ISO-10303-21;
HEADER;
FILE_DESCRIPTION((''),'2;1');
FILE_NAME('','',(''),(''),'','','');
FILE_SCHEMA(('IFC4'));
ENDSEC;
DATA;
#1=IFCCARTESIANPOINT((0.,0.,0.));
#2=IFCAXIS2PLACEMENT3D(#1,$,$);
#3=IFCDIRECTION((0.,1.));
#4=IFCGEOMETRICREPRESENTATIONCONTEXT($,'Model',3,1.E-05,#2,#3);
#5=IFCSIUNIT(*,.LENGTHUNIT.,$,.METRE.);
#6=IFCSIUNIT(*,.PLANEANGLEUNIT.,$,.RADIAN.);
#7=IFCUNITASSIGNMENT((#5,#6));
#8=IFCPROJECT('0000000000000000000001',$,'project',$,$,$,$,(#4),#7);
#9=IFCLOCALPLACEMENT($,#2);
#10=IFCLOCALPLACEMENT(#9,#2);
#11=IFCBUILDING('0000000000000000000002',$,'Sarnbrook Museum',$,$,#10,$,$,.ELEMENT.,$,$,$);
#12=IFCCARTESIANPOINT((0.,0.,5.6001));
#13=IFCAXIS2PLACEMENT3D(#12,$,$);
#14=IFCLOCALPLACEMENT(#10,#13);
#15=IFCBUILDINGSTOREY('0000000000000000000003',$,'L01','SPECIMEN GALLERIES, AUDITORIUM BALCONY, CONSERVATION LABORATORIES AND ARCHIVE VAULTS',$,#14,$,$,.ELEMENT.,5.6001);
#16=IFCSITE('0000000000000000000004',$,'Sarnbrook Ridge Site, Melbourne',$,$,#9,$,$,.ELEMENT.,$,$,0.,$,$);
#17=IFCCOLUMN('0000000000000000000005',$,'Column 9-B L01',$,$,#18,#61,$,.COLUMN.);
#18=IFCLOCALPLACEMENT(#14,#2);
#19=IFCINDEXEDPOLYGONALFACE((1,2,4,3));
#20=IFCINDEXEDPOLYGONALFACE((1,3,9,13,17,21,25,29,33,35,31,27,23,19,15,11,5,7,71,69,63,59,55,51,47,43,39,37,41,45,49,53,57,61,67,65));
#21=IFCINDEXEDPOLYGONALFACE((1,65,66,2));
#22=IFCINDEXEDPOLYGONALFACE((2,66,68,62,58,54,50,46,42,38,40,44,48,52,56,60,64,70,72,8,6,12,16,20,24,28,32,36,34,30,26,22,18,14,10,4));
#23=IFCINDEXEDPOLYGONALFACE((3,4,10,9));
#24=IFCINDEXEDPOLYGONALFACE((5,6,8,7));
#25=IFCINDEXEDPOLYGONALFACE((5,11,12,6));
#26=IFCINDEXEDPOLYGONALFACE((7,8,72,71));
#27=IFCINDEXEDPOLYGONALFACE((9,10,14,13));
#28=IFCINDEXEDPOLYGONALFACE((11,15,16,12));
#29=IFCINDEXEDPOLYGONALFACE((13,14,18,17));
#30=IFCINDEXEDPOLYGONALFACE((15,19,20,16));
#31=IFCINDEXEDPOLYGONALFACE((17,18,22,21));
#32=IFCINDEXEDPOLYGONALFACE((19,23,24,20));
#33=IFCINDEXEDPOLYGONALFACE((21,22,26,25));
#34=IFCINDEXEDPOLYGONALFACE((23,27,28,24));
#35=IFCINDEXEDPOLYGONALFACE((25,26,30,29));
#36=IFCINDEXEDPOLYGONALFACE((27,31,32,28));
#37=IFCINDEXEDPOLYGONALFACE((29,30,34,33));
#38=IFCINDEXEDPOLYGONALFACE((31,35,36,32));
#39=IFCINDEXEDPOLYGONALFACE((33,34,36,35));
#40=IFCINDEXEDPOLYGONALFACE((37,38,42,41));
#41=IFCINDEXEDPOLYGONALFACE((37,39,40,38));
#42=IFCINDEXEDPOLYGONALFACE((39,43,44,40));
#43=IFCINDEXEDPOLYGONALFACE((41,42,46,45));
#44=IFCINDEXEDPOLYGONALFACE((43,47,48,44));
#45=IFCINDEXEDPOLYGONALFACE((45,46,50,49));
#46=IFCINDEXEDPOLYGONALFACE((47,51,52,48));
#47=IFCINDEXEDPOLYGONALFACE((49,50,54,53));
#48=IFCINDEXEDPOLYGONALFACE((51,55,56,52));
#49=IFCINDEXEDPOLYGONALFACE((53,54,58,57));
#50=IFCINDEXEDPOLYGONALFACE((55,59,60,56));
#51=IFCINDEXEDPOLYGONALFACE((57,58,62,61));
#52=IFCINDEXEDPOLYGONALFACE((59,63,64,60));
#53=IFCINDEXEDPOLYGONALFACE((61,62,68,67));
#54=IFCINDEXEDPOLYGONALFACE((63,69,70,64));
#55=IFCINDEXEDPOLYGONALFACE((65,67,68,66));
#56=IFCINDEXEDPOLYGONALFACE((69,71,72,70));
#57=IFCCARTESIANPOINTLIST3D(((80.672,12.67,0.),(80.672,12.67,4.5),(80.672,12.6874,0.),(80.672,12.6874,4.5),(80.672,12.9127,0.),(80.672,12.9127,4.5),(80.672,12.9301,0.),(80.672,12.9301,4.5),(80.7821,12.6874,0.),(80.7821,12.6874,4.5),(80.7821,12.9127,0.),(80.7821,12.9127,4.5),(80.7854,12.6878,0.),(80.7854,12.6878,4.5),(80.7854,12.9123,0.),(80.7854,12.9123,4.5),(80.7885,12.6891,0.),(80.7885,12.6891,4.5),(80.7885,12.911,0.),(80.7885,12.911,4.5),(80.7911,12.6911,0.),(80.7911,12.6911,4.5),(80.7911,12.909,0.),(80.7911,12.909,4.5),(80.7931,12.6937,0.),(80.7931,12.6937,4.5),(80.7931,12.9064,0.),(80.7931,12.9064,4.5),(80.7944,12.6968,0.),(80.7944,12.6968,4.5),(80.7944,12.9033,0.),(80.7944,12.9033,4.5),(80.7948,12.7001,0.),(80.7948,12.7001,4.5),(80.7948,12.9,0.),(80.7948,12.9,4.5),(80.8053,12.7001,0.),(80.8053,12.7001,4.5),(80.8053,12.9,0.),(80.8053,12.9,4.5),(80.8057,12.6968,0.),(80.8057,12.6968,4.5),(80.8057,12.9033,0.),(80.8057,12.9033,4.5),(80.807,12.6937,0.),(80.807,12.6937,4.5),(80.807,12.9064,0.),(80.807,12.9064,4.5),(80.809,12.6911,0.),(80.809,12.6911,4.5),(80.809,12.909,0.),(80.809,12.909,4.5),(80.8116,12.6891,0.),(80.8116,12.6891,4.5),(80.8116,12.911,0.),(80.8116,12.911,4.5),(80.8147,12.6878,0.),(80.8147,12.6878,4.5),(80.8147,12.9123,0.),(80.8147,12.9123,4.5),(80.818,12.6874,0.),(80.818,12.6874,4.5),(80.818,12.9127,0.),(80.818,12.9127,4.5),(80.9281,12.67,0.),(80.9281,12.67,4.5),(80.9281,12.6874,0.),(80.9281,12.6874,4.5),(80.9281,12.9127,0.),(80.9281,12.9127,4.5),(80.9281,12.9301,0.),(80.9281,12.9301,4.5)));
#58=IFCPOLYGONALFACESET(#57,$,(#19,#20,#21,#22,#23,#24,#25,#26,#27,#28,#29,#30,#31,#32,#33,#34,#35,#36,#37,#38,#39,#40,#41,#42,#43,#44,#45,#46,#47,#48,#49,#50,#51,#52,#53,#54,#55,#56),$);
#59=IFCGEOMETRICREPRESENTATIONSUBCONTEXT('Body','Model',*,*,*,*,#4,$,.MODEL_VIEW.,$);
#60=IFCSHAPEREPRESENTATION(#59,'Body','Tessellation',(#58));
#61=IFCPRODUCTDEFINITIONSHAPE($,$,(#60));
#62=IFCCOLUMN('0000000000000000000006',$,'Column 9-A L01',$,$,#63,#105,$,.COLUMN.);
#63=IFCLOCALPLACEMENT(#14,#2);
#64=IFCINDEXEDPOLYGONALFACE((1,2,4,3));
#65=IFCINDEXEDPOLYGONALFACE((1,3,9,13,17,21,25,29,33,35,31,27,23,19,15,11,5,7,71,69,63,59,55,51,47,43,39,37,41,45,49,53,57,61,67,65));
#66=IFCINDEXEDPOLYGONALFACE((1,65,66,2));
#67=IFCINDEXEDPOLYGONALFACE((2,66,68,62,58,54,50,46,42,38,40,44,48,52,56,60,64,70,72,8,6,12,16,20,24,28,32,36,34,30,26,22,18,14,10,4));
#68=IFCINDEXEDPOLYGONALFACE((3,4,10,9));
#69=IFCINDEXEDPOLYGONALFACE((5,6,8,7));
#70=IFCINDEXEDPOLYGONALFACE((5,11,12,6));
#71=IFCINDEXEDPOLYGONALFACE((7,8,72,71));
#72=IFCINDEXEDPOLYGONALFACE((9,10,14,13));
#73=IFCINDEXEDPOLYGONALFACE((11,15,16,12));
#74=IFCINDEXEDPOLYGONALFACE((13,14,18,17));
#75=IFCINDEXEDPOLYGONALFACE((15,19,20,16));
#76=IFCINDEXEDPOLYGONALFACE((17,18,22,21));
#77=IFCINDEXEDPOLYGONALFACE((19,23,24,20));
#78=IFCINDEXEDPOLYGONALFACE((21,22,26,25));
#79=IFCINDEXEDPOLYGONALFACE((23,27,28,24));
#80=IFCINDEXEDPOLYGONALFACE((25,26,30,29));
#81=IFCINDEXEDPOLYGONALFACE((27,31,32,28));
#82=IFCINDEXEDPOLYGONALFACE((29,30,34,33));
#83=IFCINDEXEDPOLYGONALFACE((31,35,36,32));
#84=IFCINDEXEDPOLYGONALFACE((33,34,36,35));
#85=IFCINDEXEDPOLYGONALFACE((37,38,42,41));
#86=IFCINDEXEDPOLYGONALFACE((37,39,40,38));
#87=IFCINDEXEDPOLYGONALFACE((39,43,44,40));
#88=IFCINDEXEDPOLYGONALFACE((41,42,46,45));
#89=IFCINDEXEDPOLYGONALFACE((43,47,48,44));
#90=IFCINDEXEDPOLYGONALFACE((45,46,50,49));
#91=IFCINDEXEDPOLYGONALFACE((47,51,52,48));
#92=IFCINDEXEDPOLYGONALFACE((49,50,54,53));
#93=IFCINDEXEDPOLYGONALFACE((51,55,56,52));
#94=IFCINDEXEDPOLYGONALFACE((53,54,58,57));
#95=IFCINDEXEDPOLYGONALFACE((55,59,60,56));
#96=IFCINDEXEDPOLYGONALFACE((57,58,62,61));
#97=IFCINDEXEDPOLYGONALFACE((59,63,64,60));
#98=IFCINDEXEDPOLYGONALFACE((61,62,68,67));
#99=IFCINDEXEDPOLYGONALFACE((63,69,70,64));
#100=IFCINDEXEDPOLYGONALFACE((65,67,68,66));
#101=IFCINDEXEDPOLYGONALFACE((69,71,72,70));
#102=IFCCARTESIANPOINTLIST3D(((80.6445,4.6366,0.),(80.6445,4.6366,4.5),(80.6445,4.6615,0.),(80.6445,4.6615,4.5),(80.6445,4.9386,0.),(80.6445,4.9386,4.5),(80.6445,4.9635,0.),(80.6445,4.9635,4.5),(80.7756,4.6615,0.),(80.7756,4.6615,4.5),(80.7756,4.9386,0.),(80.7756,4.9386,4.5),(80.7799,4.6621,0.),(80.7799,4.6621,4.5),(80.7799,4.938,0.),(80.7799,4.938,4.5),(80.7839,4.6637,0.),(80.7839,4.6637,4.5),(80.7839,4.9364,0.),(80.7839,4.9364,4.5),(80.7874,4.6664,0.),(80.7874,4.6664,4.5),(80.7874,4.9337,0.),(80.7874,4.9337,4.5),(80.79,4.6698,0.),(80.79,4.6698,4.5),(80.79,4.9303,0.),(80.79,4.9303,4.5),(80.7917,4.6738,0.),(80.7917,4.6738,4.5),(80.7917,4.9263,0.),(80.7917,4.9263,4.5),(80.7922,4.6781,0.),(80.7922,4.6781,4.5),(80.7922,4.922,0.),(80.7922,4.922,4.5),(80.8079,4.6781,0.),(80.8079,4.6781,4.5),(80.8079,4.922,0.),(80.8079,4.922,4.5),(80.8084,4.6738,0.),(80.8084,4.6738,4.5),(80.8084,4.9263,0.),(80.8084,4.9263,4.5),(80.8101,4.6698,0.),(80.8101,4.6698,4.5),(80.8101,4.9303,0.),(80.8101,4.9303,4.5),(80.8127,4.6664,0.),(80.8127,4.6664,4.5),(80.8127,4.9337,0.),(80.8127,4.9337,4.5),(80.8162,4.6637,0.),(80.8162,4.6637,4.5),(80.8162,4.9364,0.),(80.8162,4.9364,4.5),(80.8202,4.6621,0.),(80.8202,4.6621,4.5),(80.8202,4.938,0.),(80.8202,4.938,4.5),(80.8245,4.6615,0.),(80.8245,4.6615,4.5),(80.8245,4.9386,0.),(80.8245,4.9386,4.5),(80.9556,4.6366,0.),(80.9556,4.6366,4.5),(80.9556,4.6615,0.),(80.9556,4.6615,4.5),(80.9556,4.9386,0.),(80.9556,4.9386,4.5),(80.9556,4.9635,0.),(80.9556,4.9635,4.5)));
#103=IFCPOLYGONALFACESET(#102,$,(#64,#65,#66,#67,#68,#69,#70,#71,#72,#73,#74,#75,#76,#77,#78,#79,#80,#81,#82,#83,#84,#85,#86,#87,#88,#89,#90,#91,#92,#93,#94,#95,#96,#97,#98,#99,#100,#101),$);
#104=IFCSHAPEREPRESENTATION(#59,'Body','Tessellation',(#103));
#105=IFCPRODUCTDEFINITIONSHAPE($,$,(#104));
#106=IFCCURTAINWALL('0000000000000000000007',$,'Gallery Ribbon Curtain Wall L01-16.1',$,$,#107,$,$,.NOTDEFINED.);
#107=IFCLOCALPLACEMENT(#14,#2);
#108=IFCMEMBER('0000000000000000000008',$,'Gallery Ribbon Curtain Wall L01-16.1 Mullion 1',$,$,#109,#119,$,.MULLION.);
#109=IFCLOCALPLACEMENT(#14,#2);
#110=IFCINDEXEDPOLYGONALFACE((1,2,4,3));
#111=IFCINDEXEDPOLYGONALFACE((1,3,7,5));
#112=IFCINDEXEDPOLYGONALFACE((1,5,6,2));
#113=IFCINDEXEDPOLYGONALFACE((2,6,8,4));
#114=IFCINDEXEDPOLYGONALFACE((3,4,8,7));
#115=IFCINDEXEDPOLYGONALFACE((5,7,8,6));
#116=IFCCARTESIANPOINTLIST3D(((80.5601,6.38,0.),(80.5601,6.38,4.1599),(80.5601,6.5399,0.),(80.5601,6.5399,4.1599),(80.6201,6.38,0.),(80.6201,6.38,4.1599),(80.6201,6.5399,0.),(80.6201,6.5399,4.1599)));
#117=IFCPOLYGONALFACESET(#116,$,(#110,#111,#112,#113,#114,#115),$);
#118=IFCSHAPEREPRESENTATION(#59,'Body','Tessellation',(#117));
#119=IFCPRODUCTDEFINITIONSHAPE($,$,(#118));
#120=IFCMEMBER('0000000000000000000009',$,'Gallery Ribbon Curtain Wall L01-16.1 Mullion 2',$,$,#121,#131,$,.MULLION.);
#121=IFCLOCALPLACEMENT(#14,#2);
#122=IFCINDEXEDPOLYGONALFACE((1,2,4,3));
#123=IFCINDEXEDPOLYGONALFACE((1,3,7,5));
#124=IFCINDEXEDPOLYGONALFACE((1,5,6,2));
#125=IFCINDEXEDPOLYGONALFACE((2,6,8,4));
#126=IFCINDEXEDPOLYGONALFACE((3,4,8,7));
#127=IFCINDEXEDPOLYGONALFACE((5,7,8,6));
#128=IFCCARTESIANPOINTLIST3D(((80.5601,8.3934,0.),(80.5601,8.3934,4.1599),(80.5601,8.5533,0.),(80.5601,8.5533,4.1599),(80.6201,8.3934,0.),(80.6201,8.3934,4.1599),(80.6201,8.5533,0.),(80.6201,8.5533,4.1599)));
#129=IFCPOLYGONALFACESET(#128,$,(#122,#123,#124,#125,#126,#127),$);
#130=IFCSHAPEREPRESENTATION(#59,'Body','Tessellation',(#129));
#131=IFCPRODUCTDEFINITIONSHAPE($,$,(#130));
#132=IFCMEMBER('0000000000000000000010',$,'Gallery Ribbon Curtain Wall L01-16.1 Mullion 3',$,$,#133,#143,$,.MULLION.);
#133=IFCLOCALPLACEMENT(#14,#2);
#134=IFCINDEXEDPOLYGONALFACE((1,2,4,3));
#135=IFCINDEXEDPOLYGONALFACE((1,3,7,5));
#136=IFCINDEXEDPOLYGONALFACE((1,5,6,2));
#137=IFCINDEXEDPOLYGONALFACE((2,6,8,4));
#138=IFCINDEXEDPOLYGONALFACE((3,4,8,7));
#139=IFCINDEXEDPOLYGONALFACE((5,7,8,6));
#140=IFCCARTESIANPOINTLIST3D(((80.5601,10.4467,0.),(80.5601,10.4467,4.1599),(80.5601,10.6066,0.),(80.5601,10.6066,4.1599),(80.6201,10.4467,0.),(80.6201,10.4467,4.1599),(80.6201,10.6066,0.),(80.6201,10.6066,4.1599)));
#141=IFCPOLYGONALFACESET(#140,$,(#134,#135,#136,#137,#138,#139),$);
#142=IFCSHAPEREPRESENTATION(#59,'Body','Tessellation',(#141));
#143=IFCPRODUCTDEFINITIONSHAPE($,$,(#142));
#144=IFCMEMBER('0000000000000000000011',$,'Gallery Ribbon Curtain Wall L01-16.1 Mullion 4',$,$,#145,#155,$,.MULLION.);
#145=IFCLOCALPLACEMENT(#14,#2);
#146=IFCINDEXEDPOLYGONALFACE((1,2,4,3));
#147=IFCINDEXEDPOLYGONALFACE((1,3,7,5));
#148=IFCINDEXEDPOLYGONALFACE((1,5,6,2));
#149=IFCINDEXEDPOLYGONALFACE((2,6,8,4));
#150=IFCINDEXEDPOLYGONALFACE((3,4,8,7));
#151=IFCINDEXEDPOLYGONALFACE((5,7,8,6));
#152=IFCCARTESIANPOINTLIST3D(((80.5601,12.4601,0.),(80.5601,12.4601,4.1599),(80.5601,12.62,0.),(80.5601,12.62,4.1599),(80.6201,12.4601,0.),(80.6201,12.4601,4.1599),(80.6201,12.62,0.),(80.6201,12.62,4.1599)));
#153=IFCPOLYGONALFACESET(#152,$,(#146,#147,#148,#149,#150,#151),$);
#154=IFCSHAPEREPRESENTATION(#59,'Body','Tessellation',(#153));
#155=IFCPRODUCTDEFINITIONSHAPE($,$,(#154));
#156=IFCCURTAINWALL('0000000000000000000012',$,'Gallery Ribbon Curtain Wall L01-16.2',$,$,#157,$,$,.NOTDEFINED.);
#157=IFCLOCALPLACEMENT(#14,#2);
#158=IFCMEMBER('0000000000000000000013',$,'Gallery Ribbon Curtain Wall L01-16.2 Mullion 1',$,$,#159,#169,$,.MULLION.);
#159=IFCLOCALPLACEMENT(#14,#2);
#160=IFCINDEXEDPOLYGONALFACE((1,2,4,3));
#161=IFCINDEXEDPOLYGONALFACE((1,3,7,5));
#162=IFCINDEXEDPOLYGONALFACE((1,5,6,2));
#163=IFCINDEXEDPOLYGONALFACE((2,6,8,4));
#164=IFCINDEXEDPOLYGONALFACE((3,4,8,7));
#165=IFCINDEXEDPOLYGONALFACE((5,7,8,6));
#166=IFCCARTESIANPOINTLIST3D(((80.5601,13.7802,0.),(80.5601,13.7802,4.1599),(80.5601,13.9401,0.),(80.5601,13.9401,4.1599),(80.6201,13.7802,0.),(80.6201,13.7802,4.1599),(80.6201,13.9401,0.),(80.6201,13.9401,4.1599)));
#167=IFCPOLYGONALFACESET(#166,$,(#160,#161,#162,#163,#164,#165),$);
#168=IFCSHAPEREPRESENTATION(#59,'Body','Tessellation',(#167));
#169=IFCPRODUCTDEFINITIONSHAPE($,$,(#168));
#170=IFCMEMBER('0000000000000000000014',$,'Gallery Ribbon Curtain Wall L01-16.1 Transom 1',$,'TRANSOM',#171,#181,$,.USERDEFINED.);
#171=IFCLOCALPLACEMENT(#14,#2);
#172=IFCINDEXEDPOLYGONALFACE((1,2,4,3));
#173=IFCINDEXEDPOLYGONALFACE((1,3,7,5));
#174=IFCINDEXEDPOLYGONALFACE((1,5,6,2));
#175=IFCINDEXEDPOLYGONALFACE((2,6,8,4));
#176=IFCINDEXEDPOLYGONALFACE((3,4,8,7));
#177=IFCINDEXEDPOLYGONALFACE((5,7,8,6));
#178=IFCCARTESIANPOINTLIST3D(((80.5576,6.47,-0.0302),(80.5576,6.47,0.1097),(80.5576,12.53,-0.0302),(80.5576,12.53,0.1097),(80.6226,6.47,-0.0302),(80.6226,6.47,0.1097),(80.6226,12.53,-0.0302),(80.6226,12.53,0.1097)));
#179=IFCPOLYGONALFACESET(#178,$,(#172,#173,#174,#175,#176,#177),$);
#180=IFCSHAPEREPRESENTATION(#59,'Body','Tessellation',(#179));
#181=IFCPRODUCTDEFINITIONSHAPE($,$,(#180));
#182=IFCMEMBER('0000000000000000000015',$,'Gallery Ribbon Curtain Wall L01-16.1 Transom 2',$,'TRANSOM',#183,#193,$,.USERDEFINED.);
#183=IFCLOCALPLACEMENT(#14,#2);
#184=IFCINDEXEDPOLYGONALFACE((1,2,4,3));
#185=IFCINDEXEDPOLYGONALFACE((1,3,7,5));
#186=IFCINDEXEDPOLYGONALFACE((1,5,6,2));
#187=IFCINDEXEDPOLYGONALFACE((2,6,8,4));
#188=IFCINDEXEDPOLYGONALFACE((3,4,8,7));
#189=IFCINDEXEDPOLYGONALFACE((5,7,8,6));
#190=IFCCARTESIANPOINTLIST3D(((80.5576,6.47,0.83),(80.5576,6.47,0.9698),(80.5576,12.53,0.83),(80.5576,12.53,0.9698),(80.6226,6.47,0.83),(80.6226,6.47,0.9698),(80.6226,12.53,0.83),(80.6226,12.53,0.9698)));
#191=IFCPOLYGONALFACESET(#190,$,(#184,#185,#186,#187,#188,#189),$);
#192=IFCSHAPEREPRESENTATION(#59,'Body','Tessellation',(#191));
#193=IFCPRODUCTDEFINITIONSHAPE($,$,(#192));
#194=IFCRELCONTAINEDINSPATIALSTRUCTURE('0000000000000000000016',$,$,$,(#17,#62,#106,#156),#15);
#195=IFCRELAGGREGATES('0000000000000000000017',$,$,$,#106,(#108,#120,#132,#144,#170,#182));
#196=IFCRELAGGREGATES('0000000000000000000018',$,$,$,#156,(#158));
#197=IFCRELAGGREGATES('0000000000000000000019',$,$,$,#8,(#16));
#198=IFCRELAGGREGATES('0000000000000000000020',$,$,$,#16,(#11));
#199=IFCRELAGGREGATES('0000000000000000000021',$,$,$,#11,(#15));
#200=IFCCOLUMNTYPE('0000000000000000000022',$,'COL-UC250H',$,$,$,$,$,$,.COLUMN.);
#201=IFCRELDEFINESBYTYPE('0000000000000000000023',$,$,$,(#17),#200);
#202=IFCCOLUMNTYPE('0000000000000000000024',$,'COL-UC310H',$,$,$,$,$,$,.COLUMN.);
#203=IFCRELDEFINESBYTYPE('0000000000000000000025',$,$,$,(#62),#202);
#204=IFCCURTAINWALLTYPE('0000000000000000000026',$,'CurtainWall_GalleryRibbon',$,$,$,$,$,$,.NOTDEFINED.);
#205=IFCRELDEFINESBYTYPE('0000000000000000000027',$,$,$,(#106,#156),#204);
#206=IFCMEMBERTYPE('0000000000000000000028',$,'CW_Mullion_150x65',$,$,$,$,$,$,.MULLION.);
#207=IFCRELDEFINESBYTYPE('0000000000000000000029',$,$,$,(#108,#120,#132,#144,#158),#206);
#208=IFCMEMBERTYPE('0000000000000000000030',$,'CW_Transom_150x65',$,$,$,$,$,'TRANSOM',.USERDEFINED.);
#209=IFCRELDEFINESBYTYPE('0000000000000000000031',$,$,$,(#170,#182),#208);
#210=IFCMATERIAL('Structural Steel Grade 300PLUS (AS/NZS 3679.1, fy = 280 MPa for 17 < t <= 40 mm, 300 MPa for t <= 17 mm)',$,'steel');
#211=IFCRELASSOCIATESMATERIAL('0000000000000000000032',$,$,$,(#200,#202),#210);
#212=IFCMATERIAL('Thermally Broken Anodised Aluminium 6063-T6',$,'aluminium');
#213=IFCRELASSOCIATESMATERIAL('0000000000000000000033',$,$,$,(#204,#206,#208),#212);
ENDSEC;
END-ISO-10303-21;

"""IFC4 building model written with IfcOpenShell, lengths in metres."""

from ifc_helpers import new_model, si_unit, direction, frame, origin, origin_2d, place, context, subcontext, project, spatial, rectangle, i_section, extrude, material, material_profile, profile_set, type_object, element, aggregate, save


model = new_model("IFC4")

# Units and contexts
model_context = context("Model", 3, precision=1e-05, world=origin(), true_north=direction((0.0, 1.0)))
body_context = subcontext(model_context, "Body", "Model", "MODEL_VIEW")
ifc_project = project(units=[si_unit("LENGTHUNIT", "METRE"), si_unit("PLANEANGLEUNIT", "RADIAN")], contexts=[model_context])

# Site, building, storey
site_placement = place(None, origin())
site = spatial("IfcSite", under=ifc_project, at=site_placement, Name="Sarnbrook Ridge Site, Melbourne", CompositionType="ELEMENT", RefElevation=0.0)
building_placement = place(site_placement, origin())
building = spatial("IfcBuilding", under=site, at=building_placement, Name="Sarnbrook Museum", CompositionType="ELEMENT")
storey_placement = place(building_placement, frame((0.0, 0.0, 5.6001)))
storey = spatial("IfcBuildingStorey", under=building, at=storey_placement, Name="L01", Description="SPECIMEN GALLERIES, AUDITORIUM BALCONY, CONSERVATION LABORATORIES AND ARCHIVE VAULTS", CompositionType="ELEMENT", Elevation=5.6001)

# Columns
ifc_material_1 = material(Name="Structural Steel Grade 300PLUS (AS/NZS 3679.1, fy = 280 MPa for 17 < t <= 40 mm, 300 MPa for t <= 17 mm)", Category="steel")
ifc_material_profile_1 = material_profile(ifc_material_1, i_section(OverallWidth=0.2561, OverallDepth=0.26, WebThickness=0.0105, FlangeThickness=0.0173, FilletRadius=0.0127, at=origin_2d()), Name="250UC89.5")
ifc_profile_set_1 = profile_set([ifc_material_profile_1], Name="Structural Steel Grade 300PLUS (AS/NZS 3679.1, fy = 280 MPa for 17 < t <= 40 mm, 300 MPa for t <= 17 mm)")
column_type_1 = type_object("IfcColumnType", Name="COL-UC250H", PredefinedType="COLUMN", material=ifc_profile_set_1)
column_1_placement = place(storey_placement, frame((80.8, 12.8, 0.0), z_axis=(0.0, 0.0, 1.0), x_axis=(1.0, 0.0, 0.0)))
element("IfcColumn", 1, at=column_1_placement, inside=storey, type_object=column_type_1, Name="Column 9-B L01", PredefinedType="COLUMN", context=body_context, shape_type="SweptSolid", body=[
    extrude(i_section(OverallWidth=0.2561, OverallDepth=0.26, WebThickness=0.0105, FlangeThickness=0.0173, FilletRadius=0.0127, at=origin_2d()), origin(), (0.0, 0.0, 1.0), 4.5),
])
ifc_material_profile_2 = material_profile(ifc_material_1, i_section(OverallWidth=0.311, OverallDepth=0.3269, WebThickness=0.0156, FlangeThickness=0.0249, FilletRadius=0.0166, at=origin_2d()), Name="310UC158")
ifc_profile_set_2 = profile_set([ifc_material_profile_2], Name="Structural Steel Grade 300PLUS (AS/NZS 3679.1, fy = 280 MPa for 17 < t <= 40 mm, 300 MPa for t <= 17 mm)")
column_type_2 = type_object("IfcColumnType", Name="COL-UC310H", PredefinedType="COLUMN", material=ifc_profile_set_2)
column_2_placement = place(storey_placement, frame((80.8, 4.8, 0.0), z_axis=(0.0, 0.0, 1.0), x_axis=(1.0, 0.0, 0.0)))
element("IfcColumn", 2, at=column_2_placement, inside=storey, type_object=column_type_2, Name="Column 9-A L01", PredefinedType="COLUMN", context=body_context, shape_type="SweptSolid", body=[
    extrude(i_section(OverallWidth=0.311, OverallDepth=0.3269, WebThickness=0.0156, FlangeThickness=0.0249, FilletRadius=0.0166, at=origin_2d()), origin(), (0.0, 0.0, 1.0), 4.5),
])

# Curtain wall, members
ifc_material_2 = material(Name="Thermally Broken Anodised Aluminium 6063-T6", Category="aluminium")
curtain_wall_type = type_object("IfcCurtainWallType", Name="CurtainWall_GalleryRibbon", PredefinedType="NOTDEFINED", material=ifc_material_2)
curtain_wall_1_placement = place(storey_placement, origin())
curtain_wall_1 = element("IfcCurtainWall", 3, at=curtain_wall_1_placement, inside=storey, type_object=curtain_wall_type, Name="Gallery Ribbon Curtain Wall L01-16.1", PredefinedType="NOTDEFINED")
ifc_material_profile_3 = material_profile(ifc_material_2, rectangle(XDim=0.0601, YDim=0.1599, at=origin_2d()), Name="ALU MULLION 60x160")
ifc_profile_set_3 = profile_set([ifc_material_profile_3], Name="Thermally Broken Anodised Aluminium 6063-T6")
member_type_1 = type_object("IfcMemberType", Name="CW_Mullion_150x65", PredefinedType="MULLION", material=ifc_profile_set_3)
member_1_placement = place(storey_placement, frame((80.5901, 6.46, 0.0), z_axis=(0.0, 0.0, 1.0), x_axis=(1.0, 0.0, 0.0)))
member_1 = element("IfcMember", 4, at=member_1_placement, type_object=member_type_1, Name="Gallery Ribbon Curtain Wall L01-16.1 Mullion 1", PredefinedType="MULLION", context=body_context, shape_type="SweptSolid", body=[
    extrude(rectangle(XDim=0.0601, YDim=0.1599, at=origin_2d()), origin(), (0.0, 0.0, 1.0), 4.1599),
])
member_2_placement = place(storey_placement, frame((80.5901, 8.4734, 0.0), z_axis=(0.0, 0.0, 1.0), x_axis=(1.0, 0.0, 0.0)))
member_2 = element("IfcMember", 5, at=member_2_placement, type_object=member_type_1, Name="Gallery Ribbon Curtain Wall L01-16.1 Mullion 2", PredefinedType="MULLION", context=body_context, shape_type="SweptSolid", body=[
    extrude(rectangle(XDim=0.0601, YDim=0.1599, at=origin_2d()), origin(), (0.0, 0.0, 1.0), 4.1599),
])
member_3_placement = place(storey_placement, frame((80.5901, 10.5266, 0.0), z_axis=(0.0, 0.0, 1.0), x_axis=(1.0, 0.0, 0.0)))
member_3 = element("IfcMember", 6, at=member_3_placement, type_object=member_type_1, Name="Gallery Ribbon Curtain Wall L01-16.1 Mullion 3", PredefinedType="MULLION", context=body_context, shape_type="SweptSolid", body=[
    extrude(rectangle(XDim=0.0601, YDim=0.1599, at=origin_2d()), origin(), (0.0, 0.0, 1.0), 4.1599),
])
member_4_placement = place(storey_placement, frame((80.5901, 12.54, 0.0), z_axis=(0.0, 0.0, 1.0), x_axis=(1.0, 0.0, 0.0)))
member_4 = element("IfcMember", 7, at=member_4_placement, type_object=member_type_1, Name="Gallery Ribbon Curtain Wall L01-16.1 Mullion 4", PredefinedType="MULLION", context=body_context, shape_type="SweptSolid", body=[
    extrude(rectangle(XDim=0.0601, YDim=0.1599, at=origin_2d()), origin(), (0.0, 0.0, 1.0), 4.1599),
])

# Curtain wall, member
curtain_wall_2_placement = place(storey_placement, origin())
curtain_wall_2 = element("IfcCurtainWall", 8, at=curtain_wall_2_placement, inside=storey, type_object=curtain_wall_type, Name="Gallery Ribbon Curtain Wall L01-16.2", PredefinedType="NOTDEFINED")
member_5_placement = place(storey_placement, frame((80.5901, 13.8601, 0.0), z_axis=(0.0, 0.0, 1.0), x_axis=(1.0, 0.0, 0.0)))
member_5 = element("IfcMember", 9, at=member_5_placement, type_object=member_type_1, Name="Gallery Ribbon Curtain Wall L01-16.2 Mullion 1", PredefinedType="MULLION", context=body_context, shape_type="SweptSolid", body=[
    extrude(rectangle(XDim=0.0601, YDim=0.1599, at=origin_2d()), origin(), (0.0, 0.0, 1.0), 4.1599),
])

# Members
ifc_material_profile_4 = material_profile(ifc_material_2, rectangle(XDim=0.0649, YDim=0.1399, at=origin_2d()), Name="ALU TRANSOM 65x140")
ifc_profile_set_4 = profile_set([ifc_material_profile_4], Name="Thermally Broken Anodised Aluminium 6063-T6")
member_type_2 = type_object("IfcMemberType", Name="CW_Transom_150x65", ElementType="TRANSOM", PredefinedType="USERDEFINED", material=ifc_profile_set_4)
member_6_placement = place(storey_placement, frame((80.5901, 6.47, 0.0398), z_axis=(0.0, 1.0, 0.0), x_axis=(-1.0, 0.0, 0.0)))
member_6 = element("IfcMember", 10, at=member_6_placement, type_object=member_type_2, Name="Gallery Ribbon Curtain Wall L01-16.1 Transom 1", ObjectType="TRANSOM", PredefinedType="USERDEFINED", context=body_context, shape_type="SweptSolid", body=[
    extrude(rectangle(XDim=0.0649, YDim=0.1399, at=origin_2d()), origin(), (0.0, 0.0, 1.0), 6.0601),
])
member_7_placement = place(storey_placement, frame((80.5901, 6.47, 0.8999), z_axis=(0.0, 1.0, 0.0), x_axis=(-1.0, 0.0, 0.0)))
member_7 = element("IfcMember", 11, at=member_7_placement, type_object=member_type_2, Name="Gallery Ribbon Curtain Wall L01-16.1 Transom 2", ObjectType="TRANSOM", PredefinedType="USERDEFINED", context=body_context, shape_type="SweptSolid", body=[
    extrude(rectangle(XDim=0.0649, YDim=0.1399, at=origin_2d()), origin(), (0.0, 0.0, 1.0), 6.0601),
])

aggregate(curtain_wall_1, [member_1, member_2, member_3, member_4, member_6, member_7])
aggregate(curtain_wall_2, [member_5])

save(model, "model.ifc")
